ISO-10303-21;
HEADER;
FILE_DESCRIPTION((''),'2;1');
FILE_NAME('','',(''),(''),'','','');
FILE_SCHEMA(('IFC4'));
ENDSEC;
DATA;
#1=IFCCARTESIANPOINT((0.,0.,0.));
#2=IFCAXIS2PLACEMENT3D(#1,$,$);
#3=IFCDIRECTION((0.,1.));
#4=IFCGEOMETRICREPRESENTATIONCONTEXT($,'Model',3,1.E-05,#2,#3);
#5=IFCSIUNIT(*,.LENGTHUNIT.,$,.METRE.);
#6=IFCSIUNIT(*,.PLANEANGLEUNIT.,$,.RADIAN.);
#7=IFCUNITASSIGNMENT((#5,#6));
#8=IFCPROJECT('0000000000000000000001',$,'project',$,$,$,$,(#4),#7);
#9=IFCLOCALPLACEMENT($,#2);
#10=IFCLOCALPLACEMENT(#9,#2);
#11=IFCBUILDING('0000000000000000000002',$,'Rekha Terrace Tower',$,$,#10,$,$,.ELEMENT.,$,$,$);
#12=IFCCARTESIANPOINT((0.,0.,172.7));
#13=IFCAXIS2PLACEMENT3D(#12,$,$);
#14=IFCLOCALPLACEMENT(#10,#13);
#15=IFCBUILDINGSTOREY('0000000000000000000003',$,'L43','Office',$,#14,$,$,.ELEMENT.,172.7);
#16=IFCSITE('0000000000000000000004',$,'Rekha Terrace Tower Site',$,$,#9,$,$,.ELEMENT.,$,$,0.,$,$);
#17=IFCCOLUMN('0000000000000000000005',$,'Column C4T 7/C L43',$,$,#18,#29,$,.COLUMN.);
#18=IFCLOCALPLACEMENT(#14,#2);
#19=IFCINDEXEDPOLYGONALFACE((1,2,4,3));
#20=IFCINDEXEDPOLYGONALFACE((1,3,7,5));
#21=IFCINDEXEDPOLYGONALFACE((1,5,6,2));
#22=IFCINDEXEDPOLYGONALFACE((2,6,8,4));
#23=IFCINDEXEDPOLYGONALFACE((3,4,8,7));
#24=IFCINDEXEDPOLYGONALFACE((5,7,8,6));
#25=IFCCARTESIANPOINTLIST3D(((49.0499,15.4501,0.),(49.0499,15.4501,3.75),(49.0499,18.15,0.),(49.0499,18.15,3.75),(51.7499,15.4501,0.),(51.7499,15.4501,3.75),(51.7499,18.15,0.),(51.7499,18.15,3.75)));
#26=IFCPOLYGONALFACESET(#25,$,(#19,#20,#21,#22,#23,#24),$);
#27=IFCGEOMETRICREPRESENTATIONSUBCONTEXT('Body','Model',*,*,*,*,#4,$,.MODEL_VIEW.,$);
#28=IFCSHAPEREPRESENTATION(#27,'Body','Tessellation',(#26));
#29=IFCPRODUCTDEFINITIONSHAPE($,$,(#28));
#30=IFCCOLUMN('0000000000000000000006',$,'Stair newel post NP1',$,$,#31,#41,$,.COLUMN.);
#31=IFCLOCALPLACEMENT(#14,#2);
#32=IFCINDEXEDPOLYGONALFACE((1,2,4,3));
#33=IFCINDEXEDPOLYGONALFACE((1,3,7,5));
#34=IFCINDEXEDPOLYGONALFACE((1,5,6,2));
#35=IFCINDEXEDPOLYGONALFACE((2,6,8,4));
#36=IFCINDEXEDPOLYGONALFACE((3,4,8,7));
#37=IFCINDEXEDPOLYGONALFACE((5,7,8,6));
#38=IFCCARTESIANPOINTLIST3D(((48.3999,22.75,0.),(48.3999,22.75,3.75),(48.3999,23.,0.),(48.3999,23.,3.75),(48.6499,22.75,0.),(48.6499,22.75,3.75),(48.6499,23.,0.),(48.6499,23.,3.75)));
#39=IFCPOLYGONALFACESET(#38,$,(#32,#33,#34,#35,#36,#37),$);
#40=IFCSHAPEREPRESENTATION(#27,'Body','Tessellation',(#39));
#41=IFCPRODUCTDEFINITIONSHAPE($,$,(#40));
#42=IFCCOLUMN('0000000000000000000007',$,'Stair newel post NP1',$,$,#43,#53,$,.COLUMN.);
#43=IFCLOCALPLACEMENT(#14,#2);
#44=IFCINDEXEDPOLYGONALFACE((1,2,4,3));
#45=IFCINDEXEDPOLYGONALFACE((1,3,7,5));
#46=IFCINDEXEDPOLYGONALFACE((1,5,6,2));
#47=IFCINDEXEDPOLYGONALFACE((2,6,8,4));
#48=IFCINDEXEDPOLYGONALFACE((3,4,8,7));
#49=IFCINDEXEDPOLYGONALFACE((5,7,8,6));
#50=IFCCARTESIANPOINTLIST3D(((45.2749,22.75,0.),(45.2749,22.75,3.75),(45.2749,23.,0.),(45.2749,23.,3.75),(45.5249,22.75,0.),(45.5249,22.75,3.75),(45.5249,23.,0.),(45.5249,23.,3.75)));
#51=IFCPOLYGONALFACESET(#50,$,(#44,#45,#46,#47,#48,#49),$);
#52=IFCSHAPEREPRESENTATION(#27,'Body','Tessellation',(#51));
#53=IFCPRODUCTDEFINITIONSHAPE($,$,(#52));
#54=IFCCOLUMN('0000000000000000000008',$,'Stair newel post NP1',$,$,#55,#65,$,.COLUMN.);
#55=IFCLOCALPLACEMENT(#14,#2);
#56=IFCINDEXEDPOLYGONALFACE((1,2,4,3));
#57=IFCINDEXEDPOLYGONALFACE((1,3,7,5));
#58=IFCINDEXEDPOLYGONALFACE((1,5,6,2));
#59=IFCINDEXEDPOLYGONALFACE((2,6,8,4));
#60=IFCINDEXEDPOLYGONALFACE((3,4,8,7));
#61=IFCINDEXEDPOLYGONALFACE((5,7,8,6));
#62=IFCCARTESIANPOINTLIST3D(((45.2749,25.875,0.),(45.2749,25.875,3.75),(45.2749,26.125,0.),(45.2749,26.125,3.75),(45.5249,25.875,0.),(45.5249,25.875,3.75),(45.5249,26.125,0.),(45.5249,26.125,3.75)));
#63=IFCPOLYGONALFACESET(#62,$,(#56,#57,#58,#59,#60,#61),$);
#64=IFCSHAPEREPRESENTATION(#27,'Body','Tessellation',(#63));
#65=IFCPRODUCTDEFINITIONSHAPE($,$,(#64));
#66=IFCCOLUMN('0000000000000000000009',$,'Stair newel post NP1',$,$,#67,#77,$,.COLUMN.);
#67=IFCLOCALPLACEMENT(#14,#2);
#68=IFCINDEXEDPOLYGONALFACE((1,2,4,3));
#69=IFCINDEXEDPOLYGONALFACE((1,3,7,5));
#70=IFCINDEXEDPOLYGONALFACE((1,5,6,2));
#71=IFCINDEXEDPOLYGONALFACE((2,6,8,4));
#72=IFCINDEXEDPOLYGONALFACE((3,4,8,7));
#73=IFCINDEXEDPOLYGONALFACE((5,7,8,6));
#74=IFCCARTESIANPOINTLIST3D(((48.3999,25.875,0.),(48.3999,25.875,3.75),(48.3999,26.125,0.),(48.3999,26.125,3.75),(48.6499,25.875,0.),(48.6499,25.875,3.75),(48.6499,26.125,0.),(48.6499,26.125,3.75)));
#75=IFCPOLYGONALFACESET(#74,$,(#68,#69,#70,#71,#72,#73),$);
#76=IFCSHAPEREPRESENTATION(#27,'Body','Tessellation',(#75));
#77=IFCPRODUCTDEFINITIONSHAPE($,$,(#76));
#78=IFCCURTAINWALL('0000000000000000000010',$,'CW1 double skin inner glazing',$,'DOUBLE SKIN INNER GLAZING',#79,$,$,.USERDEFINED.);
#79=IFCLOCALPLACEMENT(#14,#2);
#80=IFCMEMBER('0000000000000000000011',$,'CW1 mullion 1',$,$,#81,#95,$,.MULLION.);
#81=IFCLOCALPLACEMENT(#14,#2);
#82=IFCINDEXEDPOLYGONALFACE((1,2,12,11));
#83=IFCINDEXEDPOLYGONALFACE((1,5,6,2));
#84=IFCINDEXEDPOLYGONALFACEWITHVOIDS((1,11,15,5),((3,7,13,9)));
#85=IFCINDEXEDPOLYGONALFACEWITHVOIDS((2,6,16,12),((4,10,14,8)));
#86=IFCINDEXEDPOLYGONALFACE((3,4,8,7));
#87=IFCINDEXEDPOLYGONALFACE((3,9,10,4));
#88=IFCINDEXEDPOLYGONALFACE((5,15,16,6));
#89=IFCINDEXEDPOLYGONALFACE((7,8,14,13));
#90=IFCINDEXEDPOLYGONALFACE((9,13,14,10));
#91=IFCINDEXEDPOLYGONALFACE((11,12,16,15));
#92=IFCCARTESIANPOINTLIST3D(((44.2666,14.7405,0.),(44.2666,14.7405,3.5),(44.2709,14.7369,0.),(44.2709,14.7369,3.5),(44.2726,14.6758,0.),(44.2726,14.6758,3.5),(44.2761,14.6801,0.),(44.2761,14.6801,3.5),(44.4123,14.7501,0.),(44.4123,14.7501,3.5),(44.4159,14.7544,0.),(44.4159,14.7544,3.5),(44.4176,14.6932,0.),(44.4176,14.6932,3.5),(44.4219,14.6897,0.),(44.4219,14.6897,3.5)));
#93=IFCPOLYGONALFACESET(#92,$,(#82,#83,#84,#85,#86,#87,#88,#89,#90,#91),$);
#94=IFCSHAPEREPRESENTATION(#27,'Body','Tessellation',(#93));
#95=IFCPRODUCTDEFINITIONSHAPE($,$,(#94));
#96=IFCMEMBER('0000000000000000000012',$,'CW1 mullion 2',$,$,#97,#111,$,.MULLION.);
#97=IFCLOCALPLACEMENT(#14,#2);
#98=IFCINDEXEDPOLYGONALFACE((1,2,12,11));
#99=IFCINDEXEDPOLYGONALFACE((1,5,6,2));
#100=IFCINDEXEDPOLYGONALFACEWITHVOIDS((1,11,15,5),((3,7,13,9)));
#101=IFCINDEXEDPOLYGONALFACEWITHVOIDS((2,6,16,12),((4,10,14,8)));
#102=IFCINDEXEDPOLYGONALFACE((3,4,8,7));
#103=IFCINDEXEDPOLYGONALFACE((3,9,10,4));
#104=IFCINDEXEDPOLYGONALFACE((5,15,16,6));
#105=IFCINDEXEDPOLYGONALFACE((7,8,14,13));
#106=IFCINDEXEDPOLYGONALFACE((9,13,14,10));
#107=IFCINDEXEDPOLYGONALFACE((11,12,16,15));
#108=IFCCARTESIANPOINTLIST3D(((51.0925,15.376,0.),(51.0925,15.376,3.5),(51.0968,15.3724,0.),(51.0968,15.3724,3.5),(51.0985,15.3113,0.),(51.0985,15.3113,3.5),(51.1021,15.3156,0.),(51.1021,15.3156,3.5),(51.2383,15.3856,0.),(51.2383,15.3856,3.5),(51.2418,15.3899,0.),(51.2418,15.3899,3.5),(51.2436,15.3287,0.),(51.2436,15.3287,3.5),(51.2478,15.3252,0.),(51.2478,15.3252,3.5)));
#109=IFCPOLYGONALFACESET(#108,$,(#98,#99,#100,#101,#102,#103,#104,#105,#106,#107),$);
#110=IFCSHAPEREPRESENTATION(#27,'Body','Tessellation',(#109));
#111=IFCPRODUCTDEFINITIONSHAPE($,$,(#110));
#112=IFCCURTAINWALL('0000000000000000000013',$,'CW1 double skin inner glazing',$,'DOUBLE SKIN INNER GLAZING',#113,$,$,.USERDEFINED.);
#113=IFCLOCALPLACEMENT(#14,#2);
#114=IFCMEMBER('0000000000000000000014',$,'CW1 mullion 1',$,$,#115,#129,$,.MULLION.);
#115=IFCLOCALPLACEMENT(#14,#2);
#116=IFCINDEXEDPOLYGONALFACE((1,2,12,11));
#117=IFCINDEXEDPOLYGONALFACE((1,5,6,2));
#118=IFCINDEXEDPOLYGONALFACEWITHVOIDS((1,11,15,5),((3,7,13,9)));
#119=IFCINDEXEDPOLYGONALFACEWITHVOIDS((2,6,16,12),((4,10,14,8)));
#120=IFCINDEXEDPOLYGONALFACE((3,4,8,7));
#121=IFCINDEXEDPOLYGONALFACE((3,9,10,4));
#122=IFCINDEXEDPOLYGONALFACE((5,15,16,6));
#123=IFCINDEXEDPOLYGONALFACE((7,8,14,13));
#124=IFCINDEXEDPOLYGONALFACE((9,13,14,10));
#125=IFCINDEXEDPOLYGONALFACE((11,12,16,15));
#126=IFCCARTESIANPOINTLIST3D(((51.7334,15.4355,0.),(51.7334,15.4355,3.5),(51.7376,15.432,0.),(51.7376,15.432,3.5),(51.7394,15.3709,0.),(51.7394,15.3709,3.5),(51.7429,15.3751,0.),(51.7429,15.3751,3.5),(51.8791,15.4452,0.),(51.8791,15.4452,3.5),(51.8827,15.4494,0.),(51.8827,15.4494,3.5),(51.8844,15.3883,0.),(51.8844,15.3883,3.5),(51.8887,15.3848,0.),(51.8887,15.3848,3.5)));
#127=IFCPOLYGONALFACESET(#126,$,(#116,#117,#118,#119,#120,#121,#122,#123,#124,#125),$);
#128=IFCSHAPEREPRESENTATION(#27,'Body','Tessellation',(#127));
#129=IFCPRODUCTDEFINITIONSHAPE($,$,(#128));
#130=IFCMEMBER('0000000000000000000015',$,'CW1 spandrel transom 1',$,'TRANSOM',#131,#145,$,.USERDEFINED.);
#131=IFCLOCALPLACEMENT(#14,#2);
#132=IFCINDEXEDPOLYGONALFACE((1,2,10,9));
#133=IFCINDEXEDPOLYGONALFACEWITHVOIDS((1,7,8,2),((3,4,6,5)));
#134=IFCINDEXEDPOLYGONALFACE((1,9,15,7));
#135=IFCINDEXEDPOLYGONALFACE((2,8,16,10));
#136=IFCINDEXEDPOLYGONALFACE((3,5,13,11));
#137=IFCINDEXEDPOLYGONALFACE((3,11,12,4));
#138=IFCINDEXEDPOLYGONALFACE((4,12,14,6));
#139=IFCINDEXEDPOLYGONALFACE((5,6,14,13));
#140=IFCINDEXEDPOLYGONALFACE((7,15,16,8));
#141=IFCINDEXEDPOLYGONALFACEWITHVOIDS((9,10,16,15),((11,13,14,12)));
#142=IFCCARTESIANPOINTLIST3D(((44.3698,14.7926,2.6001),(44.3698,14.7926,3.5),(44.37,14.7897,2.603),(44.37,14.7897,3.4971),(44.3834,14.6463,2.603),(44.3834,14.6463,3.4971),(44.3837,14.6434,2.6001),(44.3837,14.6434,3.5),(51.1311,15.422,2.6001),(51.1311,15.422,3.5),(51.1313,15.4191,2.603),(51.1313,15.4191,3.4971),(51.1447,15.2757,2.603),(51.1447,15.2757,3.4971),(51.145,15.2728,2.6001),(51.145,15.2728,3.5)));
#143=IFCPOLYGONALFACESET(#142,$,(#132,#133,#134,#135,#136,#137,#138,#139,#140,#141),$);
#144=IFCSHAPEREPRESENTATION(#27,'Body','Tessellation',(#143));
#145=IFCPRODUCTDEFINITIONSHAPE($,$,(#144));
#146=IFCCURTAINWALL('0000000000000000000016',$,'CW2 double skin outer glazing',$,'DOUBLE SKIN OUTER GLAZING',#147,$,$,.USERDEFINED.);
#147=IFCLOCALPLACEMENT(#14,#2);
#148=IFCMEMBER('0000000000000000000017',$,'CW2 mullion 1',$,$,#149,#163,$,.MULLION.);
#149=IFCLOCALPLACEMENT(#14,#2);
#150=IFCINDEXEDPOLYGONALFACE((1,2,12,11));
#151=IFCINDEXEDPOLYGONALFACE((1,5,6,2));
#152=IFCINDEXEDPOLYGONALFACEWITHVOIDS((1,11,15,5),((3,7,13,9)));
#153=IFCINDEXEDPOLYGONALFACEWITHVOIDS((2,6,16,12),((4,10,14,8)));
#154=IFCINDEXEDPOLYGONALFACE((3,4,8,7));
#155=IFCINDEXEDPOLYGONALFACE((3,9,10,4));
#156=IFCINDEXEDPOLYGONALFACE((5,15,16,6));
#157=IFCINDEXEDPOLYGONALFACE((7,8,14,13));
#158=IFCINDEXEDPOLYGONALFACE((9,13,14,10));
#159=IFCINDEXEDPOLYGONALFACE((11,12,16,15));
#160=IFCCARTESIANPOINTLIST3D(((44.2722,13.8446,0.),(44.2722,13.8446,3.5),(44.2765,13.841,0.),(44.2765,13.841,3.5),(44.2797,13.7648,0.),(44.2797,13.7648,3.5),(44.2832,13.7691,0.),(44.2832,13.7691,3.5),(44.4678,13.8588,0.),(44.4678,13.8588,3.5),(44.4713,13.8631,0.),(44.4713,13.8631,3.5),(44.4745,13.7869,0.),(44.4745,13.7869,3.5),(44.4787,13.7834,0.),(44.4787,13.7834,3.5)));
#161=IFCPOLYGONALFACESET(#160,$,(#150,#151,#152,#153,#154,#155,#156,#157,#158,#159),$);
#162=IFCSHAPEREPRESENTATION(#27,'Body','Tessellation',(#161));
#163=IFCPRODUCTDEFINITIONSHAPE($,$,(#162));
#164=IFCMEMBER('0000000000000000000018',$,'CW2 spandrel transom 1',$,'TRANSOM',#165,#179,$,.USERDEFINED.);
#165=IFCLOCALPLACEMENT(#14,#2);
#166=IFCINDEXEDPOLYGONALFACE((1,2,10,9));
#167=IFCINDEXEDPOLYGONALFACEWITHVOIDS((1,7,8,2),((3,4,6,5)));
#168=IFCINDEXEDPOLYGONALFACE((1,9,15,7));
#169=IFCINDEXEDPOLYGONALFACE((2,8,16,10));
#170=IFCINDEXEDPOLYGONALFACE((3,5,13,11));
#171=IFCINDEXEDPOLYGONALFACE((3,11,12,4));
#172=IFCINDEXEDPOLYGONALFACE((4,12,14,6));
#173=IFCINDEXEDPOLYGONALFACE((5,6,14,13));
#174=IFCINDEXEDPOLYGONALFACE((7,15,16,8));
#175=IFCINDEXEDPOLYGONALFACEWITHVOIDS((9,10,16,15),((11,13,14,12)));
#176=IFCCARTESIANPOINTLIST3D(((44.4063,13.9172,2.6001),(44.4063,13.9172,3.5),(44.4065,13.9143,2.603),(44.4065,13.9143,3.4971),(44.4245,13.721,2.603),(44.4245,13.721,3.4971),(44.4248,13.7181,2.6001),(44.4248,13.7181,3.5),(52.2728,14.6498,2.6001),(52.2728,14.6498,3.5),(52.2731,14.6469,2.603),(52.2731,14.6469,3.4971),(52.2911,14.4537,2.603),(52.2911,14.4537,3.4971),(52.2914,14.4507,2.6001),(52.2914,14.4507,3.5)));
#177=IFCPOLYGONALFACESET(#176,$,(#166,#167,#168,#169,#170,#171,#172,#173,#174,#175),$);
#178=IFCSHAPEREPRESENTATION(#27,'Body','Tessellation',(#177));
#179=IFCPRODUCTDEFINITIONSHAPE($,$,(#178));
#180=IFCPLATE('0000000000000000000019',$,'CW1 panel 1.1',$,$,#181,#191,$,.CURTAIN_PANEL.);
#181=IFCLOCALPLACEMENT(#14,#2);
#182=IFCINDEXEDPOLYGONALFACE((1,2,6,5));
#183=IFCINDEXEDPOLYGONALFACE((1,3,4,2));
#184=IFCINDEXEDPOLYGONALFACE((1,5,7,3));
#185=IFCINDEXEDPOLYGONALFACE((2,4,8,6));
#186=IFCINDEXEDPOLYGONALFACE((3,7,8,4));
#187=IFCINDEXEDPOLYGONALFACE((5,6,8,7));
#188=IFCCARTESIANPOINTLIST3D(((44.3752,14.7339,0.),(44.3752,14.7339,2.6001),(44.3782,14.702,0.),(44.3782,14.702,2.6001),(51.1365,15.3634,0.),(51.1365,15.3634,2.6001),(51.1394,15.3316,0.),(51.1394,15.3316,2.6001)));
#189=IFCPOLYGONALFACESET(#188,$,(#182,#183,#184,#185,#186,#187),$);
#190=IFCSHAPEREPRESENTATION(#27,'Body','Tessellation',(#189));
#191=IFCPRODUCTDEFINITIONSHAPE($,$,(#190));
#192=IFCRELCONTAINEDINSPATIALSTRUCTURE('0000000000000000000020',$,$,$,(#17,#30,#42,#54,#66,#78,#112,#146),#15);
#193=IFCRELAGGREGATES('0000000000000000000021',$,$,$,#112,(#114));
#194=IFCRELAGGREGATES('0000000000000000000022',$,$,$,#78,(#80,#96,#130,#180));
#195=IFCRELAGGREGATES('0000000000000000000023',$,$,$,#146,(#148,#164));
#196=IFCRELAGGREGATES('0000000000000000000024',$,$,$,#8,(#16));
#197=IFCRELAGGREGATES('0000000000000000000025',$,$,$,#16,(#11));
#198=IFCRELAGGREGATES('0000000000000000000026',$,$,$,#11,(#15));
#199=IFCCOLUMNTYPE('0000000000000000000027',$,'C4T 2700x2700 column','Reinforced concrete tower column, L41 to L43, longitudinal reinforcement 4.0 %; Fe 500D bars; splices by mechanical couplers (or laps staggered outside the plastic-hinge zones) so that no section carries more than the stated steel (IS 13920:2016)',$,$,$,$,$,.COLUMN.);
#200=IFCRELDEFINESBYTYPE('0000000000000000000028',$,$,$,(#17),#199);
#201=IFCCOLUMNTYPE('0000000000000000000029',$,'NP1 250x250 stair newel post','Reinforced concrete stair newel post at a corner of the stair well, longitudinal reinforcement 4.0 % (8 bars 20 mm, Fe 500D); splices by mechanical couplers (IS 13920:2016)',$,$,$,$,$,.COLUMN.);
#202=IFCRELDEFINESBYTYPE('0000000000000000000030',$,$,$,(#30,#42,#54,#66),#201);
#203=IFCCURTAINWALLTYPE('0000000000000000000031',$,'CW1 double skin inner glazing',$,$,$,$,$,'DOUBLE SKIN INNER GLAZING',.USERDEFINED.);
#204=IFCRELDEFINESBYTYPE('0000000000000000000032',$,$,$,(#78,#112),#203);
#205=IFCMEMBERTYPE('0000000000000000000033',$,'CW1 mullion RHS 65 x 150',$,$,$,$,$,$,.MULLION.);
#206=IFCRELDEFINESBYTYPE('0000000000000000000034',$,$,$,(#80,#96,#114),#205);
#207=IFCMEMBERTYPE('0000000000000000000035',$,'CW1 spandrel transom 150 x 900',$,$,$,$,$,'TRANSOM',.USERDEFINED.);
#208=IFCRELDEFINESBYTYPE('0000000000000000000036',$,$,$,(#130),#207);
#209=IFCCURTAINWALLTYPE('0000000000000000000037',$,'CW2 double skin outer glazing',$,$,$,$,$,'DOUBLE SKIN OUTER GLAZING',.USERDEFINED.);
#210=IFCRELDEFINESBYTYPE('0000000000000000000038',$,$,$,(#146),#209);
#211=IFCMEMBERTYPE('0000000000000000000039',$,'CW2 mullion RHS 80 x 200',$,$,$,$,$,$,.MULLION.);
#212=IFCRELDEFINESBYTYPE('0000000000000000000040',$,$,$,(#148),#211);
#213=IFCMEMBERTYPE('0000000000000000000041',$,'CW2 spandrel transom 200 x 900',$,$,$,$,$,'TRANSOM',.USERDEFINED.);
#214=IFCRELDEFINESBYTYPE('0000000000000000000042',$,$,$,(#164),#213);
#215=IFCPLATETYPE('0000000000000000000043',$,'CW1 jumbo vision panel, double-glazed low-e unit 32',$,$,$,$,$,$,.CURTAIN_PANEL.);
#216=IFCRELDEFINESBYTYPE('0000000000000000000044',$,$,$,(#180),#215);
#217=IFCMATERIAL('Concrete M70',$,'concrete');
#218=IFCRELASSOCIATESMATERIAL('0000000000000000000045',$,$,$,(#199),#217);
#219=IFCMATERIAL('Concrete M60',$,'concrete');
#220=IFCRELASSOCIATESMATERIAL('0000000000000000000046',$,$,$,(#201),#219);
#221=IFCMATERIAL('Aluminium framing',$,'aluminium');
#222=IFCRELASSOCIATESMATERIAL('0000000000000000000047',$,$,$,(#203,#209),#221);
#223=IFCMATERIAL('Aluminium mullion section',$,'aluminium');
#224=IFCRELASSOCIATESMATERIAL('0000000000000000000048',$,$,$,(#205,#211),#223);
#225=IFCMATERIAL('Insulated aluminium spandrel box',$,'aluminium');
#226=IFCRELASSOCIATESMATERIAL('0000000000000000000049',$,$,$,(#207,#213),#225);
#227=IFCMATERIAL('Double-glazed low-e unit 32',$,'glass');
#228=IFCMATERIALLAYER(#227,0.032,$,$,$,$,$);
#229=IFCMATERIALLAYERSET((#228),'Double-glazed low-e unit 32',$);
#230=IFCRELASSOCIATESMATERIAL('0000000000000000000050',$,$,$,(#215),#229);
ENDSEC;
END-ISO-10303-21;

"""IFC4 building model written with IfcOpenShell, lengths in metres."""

from ifc_helpers import new_model, si_unit, direction, frame, origin, origin_2d, place, context, subcontext, project, spatial, rectangle, hollow_rectangle, extrude, material, layer, layer_set, material_profile, profile_set, type_object, element, aggregate, save


model = new_model("IFC4")

# Units and contexts
model_context = context("Model", 3, precision=1e-05, world=origin(), true_north=direction((0.0, 1.0)))
body_context = subcontext(model_context, "Body", "Model", "MODEL_VIEW")
ifc_project = project(units=[si_unit("LENGTHUNIT", "METRE"), si_unit("PLANEANGLEUNIT", "RADIAN")], contexts=[model_context])

# Site, building, storey
site_placement = place(None, origin())
site = spatial("IfcSite", under=ifc_project, at=site_placement, Name="Rekha Terrace Tower Site", CompositionType="ELEMENT", RefElevation=0.0)
building_placement = place(site_placement, origin())
building = spatial("IfcBuilding", under=site, at=building_placement, Name="Rekha Terrace Tower", CompositionType="ELEMENT")
storey_placement = place(building_placement, frame((0.0, 0.0, 172.7)))
storey = spatial("IfcBuildingStorey", under=building, at=storey_placement, Name="L43", Description="Office", CompositionType="ELEMENT", Elevation=172.7)

# Columns
ifc_material_1 = material(Name="Concrete M70", Category="concrete")
ifc_material_profile_1 = material_profile(ifc_material_1, rectangle(XDim=2.7, YDim=2.7, at=origin_2d()), Name="RC 2700x2700")
ifc_profile_set_1 = profile_set([ifc_material_profile_1], Name="Concrete M70")
column_type_1 = type_object("IfcColumnType", Name="C4T 2700x2700 column", Description="Reinforced concrete tower column, L41 to L43, longitudinal reinforcement 4.0 %; Fe 500D bars; splices by mechanical couplers (or laps staggered outside the plastic-hinge zones) so that no section carries more than the stated steel (IS 13920:2016)", PredefinedType="COLUMN", material=ifc_profile_set_1)
column_placement = place(storey_placement, frame((50.3999, 16.8, 0.0), z_axis=(0.0, 0.0, 1.0), x_axis=(1.0, 0.0, 0.0)))
element("IfcColumn", 1, at=column_placement, inside=storey, type_object=column_type_1, Name="Column C4T 7/C L43", PredefinedType="COLUMN", context=body_context, shape_type="SweptSolid", body=[
    extrude(rectangle(XDim=2.7, YDim=2.7, at=origin_2d()), origin(), (0.0, 0.0, 1.0), 3.75),
])
ifc_material_2 = material(Name="Concrete M60", Category="concrete")
ifc_material_profile_2 = material_profile(ifc_material_2, rectangle(XDim=0.25, YDim=0.25, at=origin_2d()), Name="RC 250x250")
ifc_profile_set_2 = profile_set([ifc_material_profile_2], Name="Concrete M60")
column_type_2 = type_object("IfcColumnType", Name="NP1 250x250 stair newel post", Description="Reinforced concrete stair newel post at a corner of the stair well, longitudinal reinforcement 4.0 % (8 bars 20 mm, Fe 500D); splices by mechanical couplers (IS 13920:2016)", PredefinedType="COLUMN", material=ifc_profile_set_2)
for number, where, z_axis, x_axis, name in (
    (2, (48.5249, 22.875, 0.0), (0.0, 0.0, 1.0), (1.0, 0.0, 0.0), "Stair newel post NP1"),
    (3, (45.3999, 22.875, 0.0), (0.0, 0.0, 1.0), (1.0, 0.0, 0.0), "Stair newel post NP1"),
    (4, (45.3999, 26.0, 0.0), (0.0, 0.0, 1.0), (1.0, 0.0, 0.0), "Stair newel post NP1"),
    (5, (48.5249, 26.0, 0.0), (0.0, 0.0, 1.0), (1.0, 0.0, 0.0), "Stair newel post NP1"),
):
    element("IfcColumn", number, at=place(storey_placement, frame(where, z_axis=z_axis, x_axis=x_axis)), inside=storey, type_object=column_type_2, Name=name, PredefinedType="COLUMN", context=body_context, shape_type="SweptSolid", body=[
        extrude(rectangle(XDim=0.25, YDim=0.25, at=origin_2d()), origin(), (0.0, 0.0, 1.0), 3.75),
    ])

# Curtain wall, members
ifc_material_3 = material(Name="Aluminium framing", Category="aluminium")
curtain_wall_type_1 = type_object("IfcCurtainWallType", Name="CW1 double skin inner glazing", ElementType="DOUBLE SKIN INNER GLAZING", PredefinedType="USERDEFINED", material=ifc_material_3)
curtain_wall_1_placement = place(storey_placement, origin())
curtain_wall_1 = element("IfcCurtainWall", 6, at=curtain_wall_1_placement, inside=storey, type_object=curtain_wall_type_1, Name="CW1 double skin inner glazing", ObjectType="DOUBLE SKIN INNER GLAZING", PredefinedType="USERDEFINED")
ifc_material_4 = material(Name="Aluminium mullion section", Category="aluminium")
ifc_material_profile_3 = material_profile(ifc_material_4, hollow_rectangle(XDim=0.0649, YDim=0.1499, WallThickness=0.0039, at=origin_2d()), Name="AL RHS 65x150")
ifc_profile_set_3 = profile_set([ifc_material_profile_3], Name="Aluminium mullion section")
member_type_1 = type_object("IfcMemberType", Name="CW1 mullion RHS 65 x 150", PredefinedType="MULLION", material=ifc_profile_set_3)
member_1_placement = place(storey_placement, frame((44.3442, 14.7151, 0.0), z_axis=(0.0, 0.0, 1.0), x_axis=(-0.092709, 0.995693, 0.0)))
member_1 = element("IfcMember", 7, at=member_1_placement, type_object=member_type_1, Name="CW1 mullion 1", PredefinedType="MULLION", context=body_context, shape_type="SweptSolid", body=[
    extrude(hollow_rectangle(XDim=0.0649, YDim=0.1499, WallThickness=0.0039, at=origin_2d()), origin(), (0.0, 0.0, 1.0), 3.5),
])
member_2_placement = place(storey_placement, frame((51.1702, 15.3506, 0.0), z_axis=(0.0, 0.0, 1.0), x_axis=(-0.092709, 0.995693, 0.0)))
member_2 = element("IfcMember", 8, at=member_2_placement, type_object=member_type_1, Name="CW1 mullion 2", PredefinedType="MULLION", context=body_context, shape_type="SweptSolid", body=[
    extrude(hollow_rectangle(XDim=0.0649, YDim=0.1499, WallThickness=0.0039, at=origin_2d()), origin(), (0.0, 0.0, 1.0), 3.5),
])

# Curtain wall, member
curtain_wall_2_placement = place(storey_placement, origin())
curtain_wall_2 = element("IfcCurtainWall", 9, at=curtain_wall_2_placement, inside=storey, type_object=curtain_wall_type_1, Name="CW1 double skin inner glazing", ObjectType="DOUBLE SKIN INNER GLAZING", PredefinedType="USERDEFINED")
member_3_placement = place(storey_placement, frame((51.811, 15.4102, 0.0), z_axis=(0.0, 0.0, 1.0), x_axis=(-0.092709, 0.995693, 0.0)))
member_3 = element("IfcMember", 10, at=member_3_placement, type_object=member_type_1, Name="CW1 mullion 1", PredefinedType="MULLION", context=body_context, shape_type="SweptSolid", body=[
    extrude(hollow_rectangle(XDim=0.0649, YDim=0.1499, WallThickness=0.0039, at=origin_2d()), origin(), (0.0, 0.0, 1.0), 3.5),
])
aggregate(curtain_wall_2, [member_3])

# Member
ifc_material_5 = material(Name="Insulated aluminium spandrel box", Category="aluminium")
ifc_material_profile_4 = material_profile(ifc_material_5, hollow_rectangle(XDim=0.1499, YDim=0.8999, WallThickness=0.0029, at=origin_2d()), Name="AL SPANDREL BOX 150x900")
ifc_profile_set_4 = profile_set([ifc_material_profile_4], Name="Insulated aluminium spandrel box")
member_type_2 = type_object("IfcMemberType", Name="CW1 spandrel transom 150 x 900", ElementType="TRANSOM", PredefinedType="USERDEFINED", material=ifc_profile_set_4)
member_4_placement = place(storey_placement, frame((44.3767, 14.718, 3.05), z_axis=(0.995695, 0.092688, 0.0), x_axis=(-0.092688, 0.995695, 0.0)))
member_4 = element("IfcMember", 11, at=member_4_placement, type_object=member_type_2, Name="CW1 spandrel transom 1", ObjectType="TRANSOM", PredefinedType="USERDEFINED", context=body_context, shape_type="SweptSolid", body=[
    extrude(hollow_rectangle(XDim=0.1499, YDim=0.8999, WallThickness=0.0029, at=origin_2d()), origin(), (0.0, 0.0, 1.0), 6.7905),
])

# Curtain wall, members
curtain_wall_type_2 = type_object("IfcCurtainWallType", Name="CW2 double skin outer glazing", ElementType="DOUBLE SKIN OUTER GLAZING", PredefinedType="USERDEFINED", material=ifc_material_3)
curtain_wall_3_placement = place(storey_placement, origin())
curtain_wall_3 = element("IfcCurtainWall", 12, at=curtain_wall_3_placement, inside=storey, type_object=curtain_wall_type_2, Name="CW2 double skin outer glazing", ObjectType="DOUBLE SKIN OUTER GLAZING", PredefinedType="USERDEFINED")
ifc_material_profile_5 = material_profile(ifc_material_4, hollow_rectangle(XDim=0.0801, YDim=0.2, WallThickness=0.0039, at=origin_2d()), Name="AL RHS 80x200")
ifc_profile_set_5 = profile_set([ifc_material_profile_5], Name="Aluminium mullion section")
member_type_3 = type_object("IfcMemberType", Name="CW2 mullion RHS 80 x 200", PredefinedType="MULLION", material=ifc_profile_set_5)
member_5_placement = place(storey_placement, frame((44.3755, 13.814, 0.0), z_axis=(0.0, 0.0, 1.0), x_axis=(-0.092709, 0.995693, 0.0)))
member_5 = element("IfcMember", 13, at=member_5_placement, type_object=member_type_3, Name="CW2 mullion 1", PredefinedType="MULLION", context=body_context, shape_type="SweptSolid", body=[
    extrude(hollow_rectangle(XDim=0.0801, YDim=0.2, WallThickness=0.0039, at=origin_2d()), origin(), (0.0, 0.0, 1.0), 3.5),
])
ifc_material_profile_6 = material_profile(ifc_material_5, hollow_rectangle(XDim=0.2, YDim=0.8999, WallThickness=0.0029, at=origin_2d()), Name="AL SPANDREL BOX 200x900")
ifc_profile_set_6 = profile_set([ifc_material_profile_6], Name="Insulated aluminium spandrel box")
member_type_4 = type_object("IfcMemberType", Name="CW2 spandrel transom 200 x 900", ElementType="TRANSOM", PredefinedType="USERDEFINED", material=ifc_profile_set_6)
member_6_placement = place(storey_placement, frame((44.4155, 13.8176, 3.05), z_axis=(0.995691, 0.092734, 0.0), x_axis=(-0.092734, 0.995691, 0.0)))
member_6 = element("IfcMember", 14, at=member_6_placement, type_object=member_type_4, Name="CW2 spandrel transom 1", ObjectType="TRANSOM", PredefinedType="USERDEFINED", context=body_context, shape_type="SweptSolid", body=[
    extrude(hollow_rectangle(XDim=0.2, YDim=0.8999, WallThickness=0.0029, at=origin_2d()), origin(), (0.0, 0.0, 1.0), 7.9006),
])

# Plate
ifc_material_6 = material(Name="Double-glazed low-e unit 32", Category="glass")
ifc_layer_1 = layer(ifc_material_6, 0.032)
ifc_layer_set_1 = layer_set([ifc_layer_1], Name="Double-glazed low-e unit 32")
plate_type_1 = type_object("IfcPlateType", Name="CW1 jumbo vision panel, double-glazed low-e unit 32", PredefinedType="CURTAIN_PANEL", material=ifc_layer_set_1)
plate_1_placement = place(storey_placement, frame((47.7573, 15.0327, 0.0), z_axis=(0.0, 0.0, 1.0), x_axis=(0.995693, 0.092709, 0.0)))
plate_1 = element("IfcPlate", 15, at=plate_1_placement, type_object=plate_type_1, Name="CW1 panel 1.1", PredefinedType="CURTAIN_PANEL", context=body_context, shape_type="SweptSolid", body=[
    extrude(rectangle(XDim=6.7905, YDim=0.032, at=origin_2d()), origin(), (0.0, 0.0, 1.0), 2.6001),
])
aggregate(curtain_wall_1, [member_1, member_2, member_4, plate_1])
aggregate(curtain_wall_3, [member_5, member_6])

save(model, "model.ifc")
